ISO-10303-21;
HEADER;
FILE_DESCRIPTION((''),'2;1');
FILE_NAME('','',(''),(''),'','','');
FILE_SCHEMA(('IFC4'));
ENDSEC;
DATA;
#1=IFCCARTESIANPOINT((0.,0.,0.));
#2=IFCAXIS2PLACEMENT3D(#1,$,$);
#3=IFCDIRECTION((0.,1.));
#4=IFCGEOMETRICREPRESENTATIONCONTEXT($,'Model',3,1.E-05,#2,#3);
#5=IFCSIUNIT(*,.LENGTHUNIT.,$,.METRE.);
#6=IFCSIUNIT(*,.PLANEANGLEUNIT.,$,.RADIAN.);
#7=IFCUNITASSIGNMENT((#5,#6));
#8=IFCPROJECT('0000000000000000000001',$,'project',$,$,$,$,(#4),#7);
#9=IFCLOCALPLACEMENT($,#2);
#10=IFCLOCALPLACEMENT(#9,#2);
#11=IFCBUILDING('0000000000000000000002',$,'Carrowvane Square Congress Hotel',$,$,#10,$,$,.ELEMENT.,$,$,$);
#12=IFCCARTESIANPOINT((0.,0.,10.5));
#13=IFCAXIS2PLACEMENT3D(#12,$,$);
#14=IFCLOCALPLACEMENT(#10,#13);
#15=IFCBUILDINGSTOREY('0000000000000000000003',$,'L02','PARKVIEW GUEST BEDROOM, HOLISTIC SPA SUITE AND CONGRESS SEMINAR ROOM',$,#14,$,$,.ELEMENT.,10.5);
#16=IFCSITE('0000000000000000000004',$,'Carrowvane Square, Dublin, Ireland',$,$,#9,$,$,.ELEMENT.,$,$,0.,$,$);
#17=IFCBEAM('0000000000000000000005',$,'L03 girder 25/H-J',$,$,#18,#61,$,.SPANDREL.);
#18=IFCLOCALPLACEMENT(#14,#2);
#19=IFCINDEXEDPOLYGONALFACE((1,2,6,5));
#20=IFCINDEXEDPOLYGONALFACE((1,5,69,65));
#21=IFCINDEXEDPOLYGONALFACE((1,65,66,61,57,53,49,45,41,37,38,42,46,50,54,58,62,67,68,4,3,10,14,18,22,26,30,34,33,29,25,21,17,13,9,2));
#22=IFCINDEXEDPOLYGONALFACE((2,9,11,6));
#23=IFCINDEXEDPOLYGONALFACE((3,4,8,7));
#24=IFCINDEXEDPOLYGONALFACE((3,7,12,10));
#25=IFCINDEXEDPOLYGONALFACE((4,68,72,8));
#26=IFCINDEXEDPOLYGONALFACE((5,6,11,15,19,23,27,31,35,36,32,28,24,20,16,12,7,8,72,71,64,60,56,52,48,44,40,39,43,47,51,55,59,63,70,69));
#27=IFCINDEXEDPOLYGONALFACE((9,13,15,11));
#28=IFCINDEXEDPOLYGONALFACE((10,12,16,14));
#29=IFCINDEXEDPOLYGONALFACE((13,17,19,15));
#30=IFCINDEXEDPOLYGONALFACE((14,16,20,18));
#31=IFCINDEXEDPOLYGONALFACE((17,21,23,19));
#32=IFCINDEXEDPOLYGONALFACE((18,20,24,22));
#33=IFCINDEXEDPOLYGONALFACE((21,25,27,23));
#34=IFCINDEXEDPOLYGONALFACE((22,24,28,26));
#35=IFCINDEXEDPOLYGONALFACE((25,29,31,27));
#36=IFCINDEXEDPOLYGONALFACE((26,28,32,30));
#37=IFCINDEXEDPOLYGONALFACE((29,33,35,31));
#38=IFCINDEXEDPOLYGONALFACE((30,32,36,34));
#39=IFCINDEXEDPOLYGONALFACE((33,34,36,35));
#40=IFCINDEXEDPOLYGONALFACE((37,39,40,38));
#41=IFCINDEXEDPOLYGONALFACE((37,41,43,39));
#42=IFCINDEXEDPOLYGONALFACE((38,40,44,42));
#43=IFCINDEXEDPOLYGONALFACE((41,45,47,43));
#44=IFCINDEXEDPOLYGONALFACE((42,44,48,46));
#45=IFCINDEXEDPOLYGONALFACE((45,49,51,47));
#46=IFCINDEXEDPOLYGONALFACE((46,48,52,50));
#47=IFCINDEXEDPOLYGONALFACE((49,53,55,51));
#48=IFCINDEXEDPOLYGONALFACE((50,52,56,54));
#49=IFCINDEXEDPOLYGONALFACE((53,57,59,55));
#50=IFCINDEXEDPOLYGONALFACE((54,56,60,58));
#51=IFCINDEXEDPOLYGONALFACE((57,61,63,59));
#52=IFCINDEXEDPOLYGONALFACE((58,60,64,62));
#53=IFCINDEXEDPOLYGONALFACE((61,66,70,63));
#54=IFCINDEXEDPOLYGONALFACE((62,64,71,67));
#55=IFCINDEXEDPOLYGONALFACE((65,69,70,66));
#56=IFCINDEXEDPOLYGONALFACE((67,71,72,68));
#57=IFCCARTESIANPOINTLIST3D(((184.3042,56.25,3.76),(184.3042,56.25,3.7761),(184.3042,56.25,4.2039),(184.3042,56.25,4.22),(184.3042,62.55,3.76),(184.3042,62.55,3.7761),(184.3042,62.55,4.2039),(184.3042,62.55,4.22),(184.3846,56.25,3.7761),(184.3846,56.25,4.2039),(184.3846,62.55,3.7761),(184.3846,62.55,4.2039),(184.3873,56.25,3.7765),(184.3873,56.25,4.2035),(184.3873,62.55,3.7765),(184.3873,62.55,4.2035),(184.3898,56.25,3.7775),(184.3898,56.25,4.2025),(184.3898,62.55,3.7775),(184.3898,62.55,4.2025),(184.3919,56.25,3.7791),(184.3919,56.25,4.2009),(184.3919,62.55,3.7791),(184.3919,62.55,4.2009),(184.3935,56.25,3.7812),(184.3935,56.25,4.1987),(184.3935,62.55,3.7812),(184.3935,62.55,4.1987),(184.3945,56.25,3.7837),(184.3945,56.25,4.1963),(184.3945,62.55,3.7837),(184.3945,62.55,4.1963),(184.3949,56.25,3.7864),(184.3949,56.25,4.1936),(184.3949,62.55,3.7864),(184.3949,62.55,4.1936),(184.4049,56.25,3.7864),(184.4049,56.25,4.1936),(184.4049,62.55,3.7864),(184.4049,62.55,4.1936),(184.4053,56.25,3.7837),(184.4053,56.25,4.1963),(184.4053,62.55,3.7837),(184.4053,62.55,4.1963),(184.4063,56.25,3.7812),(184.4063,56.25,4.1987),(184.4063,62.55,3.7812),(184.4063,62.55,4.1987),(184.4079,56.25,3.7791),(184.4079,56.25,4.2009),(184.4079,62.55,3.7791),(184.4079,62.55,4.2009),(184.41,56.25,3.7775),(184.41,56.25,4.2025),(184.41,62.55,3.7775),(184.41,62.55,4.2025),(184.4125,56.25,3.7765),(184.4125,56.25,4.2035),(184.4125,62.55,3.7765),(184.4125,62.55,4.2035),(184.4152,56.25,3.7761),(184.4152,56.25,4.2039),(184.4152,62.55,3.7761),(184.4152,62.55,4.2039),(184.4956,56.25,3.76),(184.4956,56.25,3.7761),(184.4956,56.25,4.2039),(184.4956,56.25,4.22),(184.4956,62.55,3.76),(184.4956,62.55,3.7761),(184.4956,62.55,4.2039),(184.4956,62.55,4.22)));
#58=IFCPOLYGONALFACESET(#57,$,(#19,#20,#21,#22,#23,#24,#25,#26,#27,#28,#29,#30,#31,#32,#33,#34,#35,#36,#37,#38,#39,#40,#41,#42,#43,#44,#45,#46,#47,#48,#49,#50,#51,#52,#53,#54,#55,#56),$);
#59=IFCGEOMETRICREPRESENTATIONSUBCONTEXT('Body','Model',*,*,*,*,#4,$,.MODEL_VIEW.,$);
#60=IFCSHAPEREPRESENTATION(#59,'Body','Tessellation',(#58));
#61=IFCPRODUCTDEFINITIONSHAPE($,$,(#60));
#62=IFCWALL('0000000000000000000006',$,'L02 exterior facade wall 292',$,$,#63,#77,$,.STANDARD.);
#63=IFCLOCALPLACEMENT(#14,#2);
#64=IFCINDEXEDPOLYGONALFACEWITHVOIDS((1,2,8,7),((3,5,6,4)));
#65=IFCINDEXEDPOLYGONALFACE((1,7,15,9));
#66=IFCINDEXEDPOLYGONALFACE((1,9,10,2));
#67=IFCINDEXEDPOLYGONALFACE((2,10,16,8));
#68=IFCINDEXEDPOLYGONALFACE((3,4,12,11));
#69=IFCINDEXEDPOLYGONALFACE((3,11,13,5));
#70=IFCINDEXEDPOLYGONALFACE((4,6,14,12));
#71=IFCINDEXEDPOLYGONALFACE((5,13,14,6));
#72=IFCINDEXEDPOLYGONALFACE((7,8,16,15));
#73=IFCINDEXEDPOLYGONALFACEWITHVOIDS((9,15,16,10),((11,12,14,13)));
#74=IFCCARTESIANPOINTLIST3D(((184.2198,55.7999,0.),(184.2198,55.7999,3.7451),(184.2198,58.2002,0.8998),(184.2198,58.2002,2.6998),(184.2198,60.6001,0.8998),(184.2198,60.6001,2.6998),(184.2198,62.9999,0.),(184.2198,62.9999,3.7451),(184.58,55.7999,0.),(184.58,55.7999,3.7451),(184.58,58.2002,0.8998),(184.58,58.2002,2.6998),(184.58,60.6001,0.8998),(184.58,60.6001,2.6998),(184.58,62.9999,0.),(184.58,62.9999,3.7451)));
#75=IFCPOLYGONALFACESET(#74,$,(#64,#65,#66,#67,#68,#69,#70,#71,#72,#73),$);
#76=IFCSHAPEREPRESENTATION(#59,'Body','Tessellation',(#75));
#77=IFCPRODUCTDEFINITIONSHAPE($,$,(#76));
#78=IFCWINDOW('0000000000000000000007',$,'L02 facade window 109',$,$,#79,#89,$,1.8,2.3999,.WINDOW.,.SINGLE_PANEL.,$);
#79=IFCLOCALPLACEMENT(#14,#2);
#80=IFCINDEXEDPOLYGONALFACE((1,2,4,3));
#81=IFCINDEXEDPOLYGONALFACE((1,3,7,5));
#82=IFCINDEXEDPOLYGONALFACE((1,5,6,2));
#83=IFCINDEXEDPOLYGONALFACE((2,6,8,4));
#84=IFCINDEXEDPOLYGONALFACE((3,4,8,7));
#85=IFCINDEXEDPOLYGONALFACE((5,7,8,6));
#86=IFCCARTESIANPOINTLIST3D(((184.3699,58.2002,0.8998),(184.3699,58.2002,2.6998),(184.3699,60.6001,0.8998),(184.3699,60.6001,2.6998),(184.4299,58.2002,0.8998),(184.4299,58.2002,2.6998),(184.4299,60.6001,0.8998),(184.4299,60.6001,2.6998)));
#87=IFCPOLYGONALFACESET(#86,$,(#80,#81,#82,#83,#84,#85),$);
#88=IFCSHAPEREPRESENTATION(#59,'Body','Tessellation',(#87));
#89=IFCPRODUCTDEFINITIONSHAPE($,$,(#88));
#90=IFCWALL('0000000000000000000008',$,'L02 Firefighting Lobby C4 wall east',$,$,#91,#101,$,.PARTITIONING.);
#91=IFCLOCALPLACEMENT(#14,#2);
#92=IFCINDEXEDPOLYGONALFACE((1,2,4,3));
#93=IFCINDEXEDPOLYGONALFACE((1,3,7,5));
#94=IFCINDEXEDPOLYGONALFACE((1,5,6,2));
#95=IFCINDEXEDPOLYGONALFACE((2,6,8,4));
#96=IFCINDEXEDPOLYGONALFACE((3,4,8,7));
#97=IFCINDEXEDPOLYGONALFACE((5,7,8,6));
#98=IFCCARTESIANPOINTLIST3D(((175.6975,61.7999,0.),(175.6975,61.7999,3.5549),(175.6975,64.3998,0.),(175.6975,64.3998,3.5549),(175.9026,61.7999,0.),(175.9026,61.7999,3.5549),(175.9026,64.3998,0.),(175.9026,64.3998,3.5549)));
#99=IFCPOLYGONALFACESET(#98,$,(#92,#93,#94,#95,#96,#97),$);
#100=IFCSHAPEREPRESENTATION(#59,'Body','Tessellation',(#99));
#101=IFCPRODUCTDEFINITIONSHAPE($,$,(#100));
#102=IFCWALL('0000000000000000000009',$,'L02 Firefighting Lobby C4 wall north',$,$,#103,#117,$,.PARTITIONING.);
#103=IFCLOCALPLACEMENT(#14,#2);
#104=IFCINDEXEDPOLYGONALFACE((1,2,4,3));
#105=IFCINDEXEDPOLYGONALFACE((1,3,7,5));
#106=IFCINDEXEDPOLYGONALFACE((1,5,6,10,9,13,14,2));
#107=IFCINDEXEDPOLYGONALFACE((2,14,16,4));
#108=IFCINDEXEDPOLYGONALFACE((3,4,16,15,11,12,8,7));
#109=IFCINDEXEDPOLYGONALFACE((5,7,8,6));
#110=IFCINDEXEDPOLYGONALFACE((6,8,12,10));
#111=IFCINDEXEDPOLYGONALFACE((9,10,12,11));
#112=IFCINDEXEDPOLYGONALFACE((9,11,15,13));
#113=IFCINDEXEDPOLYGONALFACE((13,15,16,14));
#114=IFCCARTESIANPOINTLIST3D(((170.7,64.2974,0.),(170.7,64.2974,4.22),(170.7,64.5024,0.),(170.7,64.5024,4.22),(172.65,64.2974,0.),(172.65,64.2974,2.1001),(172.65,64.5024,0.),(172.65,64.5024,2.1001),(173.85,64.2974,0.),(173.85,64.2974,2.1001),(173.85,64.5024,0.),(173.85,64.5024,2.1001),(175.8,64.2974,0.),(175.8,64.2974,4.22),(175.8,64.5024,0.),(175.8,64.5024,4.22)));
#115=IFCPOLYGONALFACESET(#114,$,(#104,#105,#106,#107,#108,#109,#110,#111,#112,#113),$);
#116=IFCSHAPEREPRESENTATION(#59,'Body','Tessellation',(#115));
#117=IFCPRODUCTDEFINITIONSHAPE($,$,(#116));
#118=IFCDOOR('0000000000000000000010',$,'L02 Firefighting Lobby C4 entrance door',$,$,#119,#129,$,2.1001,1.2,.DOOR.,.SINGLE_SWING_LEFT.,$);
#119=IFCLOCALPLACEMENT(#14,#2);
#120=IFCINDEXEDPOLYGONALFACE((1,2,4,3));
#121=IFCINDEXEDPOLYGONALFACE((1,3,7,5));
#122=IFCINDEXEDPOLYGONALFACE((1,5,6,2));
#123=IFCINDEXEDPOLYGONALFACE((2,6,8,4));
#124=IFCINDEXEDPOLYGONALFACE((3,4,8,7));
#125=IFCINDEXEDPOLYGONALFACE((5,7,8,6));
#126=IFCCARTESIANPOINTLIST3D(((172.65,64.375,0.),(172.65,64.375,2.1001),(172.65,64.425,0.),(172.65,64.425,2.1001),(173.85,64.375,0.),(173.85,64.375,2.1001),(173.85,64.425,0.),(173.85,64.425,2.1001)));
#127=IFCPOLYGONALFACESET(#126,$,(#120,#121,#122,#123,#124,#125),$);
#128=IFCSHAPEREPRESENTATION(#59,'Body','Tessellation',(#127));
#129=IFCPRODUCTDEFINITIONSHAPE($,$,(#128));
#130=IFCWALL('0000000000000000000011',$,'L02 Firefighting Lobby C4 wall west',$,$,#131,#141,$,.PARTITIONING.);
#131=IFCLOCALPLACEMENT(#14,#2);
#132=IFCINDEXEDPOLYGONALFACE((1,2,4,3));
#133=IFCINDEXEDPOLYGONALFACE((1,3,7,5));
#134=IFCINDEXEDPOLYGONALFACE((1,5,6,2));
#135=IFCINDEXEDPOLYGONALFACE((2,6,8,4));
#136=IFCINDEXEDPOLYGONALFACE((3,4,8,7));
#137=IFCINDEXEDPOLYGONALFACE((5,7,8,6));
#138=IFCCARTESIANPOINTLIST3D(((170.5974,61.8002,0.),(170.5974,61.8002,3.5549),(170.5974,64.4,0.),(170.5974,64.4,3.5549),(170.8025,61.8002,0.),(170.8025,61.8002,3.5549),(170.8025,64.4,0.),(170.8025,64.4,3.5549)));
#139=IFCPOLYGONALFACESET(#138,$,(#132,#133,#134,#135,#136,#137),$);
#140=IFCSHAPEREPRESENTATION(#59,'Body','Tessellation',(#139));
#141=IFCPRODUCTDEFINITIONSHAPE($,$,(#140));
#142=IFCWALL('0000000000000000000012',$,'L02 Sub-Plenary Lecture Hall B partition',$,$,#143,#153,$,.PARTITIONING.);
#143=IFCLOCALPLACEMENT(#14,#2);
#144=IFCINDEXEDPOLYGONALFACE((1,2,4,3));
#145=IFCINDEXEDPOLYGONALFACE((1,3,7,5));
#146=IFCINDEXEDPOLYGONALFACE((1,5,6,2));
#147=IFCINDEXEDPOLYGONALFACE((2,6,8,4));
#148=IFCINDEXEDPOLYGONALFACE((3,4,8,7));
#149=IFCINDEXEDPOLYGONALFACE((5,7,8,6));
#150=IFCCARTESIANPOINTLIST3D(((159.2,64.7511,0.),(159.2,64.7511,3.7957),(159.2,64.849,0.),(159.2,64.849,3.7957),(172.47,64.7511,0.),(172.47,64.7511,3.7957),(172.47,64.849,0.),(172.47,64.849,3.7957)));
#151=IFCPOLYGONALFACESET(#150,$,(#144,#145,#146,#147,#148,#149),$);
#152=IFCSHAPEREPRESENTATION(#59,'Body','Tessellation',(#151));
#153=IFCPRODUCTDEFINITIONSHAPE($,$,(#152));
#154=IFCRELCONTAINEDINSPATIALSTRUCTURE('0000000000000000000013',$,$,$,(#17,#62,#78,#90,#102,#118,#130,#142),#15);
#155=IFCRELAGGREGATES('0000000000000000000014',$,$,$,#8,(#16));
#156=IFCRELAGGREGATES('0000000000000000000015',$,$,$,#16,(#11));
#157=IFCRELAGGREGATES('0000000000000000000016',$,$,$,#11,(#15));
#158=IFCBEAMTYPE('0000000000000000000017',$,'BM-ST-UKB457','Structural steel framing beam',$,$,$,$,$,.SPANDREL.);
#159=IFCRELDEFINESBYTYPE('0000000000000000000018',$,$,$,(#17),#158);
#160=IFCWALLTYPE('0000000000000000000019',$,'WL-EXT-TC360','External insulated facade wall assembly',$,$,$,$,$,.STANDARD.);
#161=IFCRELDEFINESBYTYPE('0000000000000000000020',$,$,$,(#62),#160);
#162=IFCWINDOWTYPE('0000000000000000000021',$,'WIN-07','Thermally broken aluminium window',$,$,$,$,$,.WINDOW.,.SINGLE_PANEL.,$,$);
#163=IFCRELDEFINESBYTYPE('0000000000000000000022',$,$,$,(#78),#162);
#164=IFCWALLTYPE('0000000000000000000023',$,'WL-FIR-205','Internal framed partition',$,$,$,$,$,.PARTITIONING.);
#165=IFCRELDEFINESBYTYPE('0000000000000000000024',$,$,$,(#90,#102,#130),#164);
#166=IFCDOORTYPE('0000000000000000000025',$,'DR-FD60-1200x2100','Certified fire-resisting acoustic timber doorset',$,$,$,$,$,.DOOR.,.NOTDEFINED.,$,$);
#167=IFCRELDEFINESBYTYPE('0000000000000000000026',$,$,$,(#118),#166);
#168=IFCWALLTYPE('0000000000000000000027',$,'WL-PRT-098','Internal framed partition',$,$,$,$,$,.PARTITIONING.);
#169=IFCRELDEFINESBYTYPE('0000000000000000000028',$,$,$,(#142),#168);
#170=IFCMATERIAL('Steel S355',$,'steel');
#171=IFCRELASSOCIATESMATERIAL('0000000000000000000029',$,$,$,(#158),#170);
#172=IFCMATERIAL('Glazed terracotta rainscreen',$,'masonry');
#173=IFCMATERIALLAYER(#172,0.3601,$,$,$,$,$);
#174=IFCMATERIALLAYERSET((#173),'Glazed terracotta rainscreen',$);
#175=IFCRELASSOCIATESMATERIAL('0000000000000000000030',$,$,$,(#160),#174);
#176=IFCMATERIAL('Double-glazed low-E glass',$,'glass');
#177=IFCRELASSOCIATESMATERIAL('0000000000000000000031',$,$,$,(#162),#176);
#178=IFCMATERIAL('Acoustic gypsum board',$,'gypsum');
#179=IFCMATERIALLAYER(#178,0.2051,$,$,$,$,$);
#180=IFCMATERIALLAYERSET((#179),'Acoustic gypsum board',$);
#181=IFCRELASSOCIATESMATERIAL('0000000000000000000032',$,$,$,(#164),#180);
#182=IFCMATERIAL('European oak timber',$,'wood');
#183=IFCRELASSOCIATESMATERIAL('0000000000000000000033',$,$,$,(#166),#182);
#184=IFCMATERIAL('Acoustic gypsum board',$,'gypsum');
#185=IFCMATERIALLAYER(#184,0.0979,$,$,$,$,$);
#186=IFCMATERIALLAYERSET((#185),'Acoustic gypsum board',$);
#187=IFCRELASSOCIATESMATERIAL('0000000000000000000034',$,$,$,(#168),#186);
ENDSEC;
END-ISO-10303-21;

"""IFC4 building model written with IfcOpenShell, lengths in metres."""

from ifc_helpers import new_model, si_unit, direction, frame, frame_2d, origin, origin_2d, place, context, subcontext, project, spatial, rectangle, i_section, extrude, material, layer, layer_set, material_profile, profile_set, type_object, element, fill, save


model = new_model("IFC4")

# Units and contexts
model_context = context("Model", 3, precision=1e-05, world=origin(), true_north=direction((0.0, 1.0)))
body_context = subcontext(model_context, "Body", "Model", "MODEL_VIEW")
ifc_project = project(units=[si_unit("LENGTHUNIT", "METRE"), si_unit("PLANEANGLEUNIT", "RADIAN")], contexts=[model_context])

# Site, building, storey
site_placement = place(None, origin())
site = spatial("IfcSite", under=ifc_project, at=site_placement, Name="Carrowvane Square, Dublin, Ireland", CompositionType="ELEMENT", RefElevation=0.0)
building_placement = place(site_placement, origin())
building = spatial("IfcBuilding", under=site, at=building_placement, Name="Carrowvane Square Congress Hotel", CompositionType="ELEMENT")
storey_placement = place(building_placement, frame((0.0, 0.0, 10.5)))
storey = spatial("IfcBuildingStorey", under=building, at=storey_placement, Name="L02", Description="PARKVIEW GUEST BEDROOM, HOLISTIC SPA SUITE AND CONGRESS SEMINAR ROOM", CompositionType="ELEMENT", Elevation=10.5)

# Beam
ifc_material_1 = material(Name="Steel S355", Category="steel")
ifc_material_profile_1 = material_profile(ifc_material_1, i_section(OverallWidth=0.1914, OverallDepth=0.46, WebThickness=0.01, FlangeThickness=0.0161, FilletRadius=0.0103, at=origin_2d()), Name="UKB 457x191x82")
ifc_profile_set_1 = profile_set([ifc_material_profile_1], Name="Steel S355")
beam_type_1 = type_object("IfcBeamType", Name="BM-ST-UKB457", Description="Structural steel framing beam", PredefinedType="SPANDREL", material=ifc_profile_set_1)
beam_1_placement = place(storey_placement, frame((184.3999, 56.25, 3.99), z_axis=(0.0, 1.0, 0.0), x_axis=(-1.0, 0.0, 0.0)))
element("IfcBeam", 1, at=beam_1_placement, inside=storey, type_object=beam_type_1, Name="L03 girder 25/H-J", PredefinedType="SPANDREL", context=body_context, shape_type="SweptSolid", body=[
    extrude(i_section(OverallWidth=0.1914, OverallDepth=0.46, WebThickness=0.01, FlangeThickness=0.0161, FilletRadius=0.0103, at=origin_2d()), origin(), (0.0, 0.0, 1.0), 6.3),
])

# Wall, opening, window
ifc_material_2 = material(Name="Glazed terracotta rainscreen", Category="masonry")
ifc_layer_1 = layer(ifc_material_2, 0.3601)
ifc_layer_set_1 = layer_set([ifc_layer_1], Name="Glazed terracotta rainscreen")
wall_type_1 = type_object("IfcWallType", Name="WL-EXT-TC360", Description="External insulated facade wall assembly", PredefinedType="STANDARD", material=ifc_layer_set_1)
wall_1_placement = place(storey_placement, frame((184.3999, 63.0, 0.0), z_axis=(0.0, 0.0, 1.0), x_axis=(0.0, -1.0, 0.0)))
wall_1 = element("IfcWall", 2, at=wall_1_placement, inside=storey, type_object=wall_type_1, Name="L02 exterior facade wall 292", PredefinedType="STANDARD", context=body_context, shape_type="SweptSolid", body=[
    extrude(rectangle(XDim=7.2, YDim=0.3601, at=frame_2d((3.6001, 0.0))), origin(), (0.0, 0.0, 1.0), 3.7451),
])
opening_1_placement = place(wall_1_placement, frame((2.3999, 0.0, 0.8999)))
opening_1 = element("IfcOpeningElement", 3, at=opening_1_placement, cuts=wall_1, PredefinedType="OPENING", context=body_context, shape_type="SweptSolid", body=[
    extrude(rectangle(XDim=2.3999, YDim=1.8, at=frame_2d((1.2, 0.8999))), frame((0.0, 0.1899, 0.0), z_axis=(0.0, -1.0, 0.0), x_axis=(1.0, 0.0, 0.0)), (0.0, 0.0, 1.0), 0.3801),
])
ifc_material_3 = material(Name="Double-glazed low-E glass", Category="glass")
window_type = type_object("IfcWindowType", Name="WIN-07", Description="Thermally broken aluminium window", PartitioningType="SINGLE_PANEL", PredefinedType="WINDOW", material=ifc_material_3)
window_placement = place(opening_1_placement, origin())
window = element("IfcWindow", 4, at=window_placement, inside=storey, type_object=window_type, Name="L02 facade window 109", OverallHeight=1.8, OverallWidth=2.3999, PartitioningType="SINGLE_PANEL", PredefinedType="WINDOW", context=body_context, shape_type="SweptSolid", body=[
    extrude(rectangle(XDim=2.3999, YDim=1.8, at=frame_2d((1.2, 0.8999))), frame((0.0, 0.03, 0.0), z_axis=(0.0, -1.0, 0.0), x_axis=(1.0, 0.0, 0.0)), (0.0, 0.0, 1.0), 0.0601),
])
fill(opening_1, window)

# Wall
ifc_material_4 = material(Name="Acoustic gypsum board", Category="gypsum")
ifc_layer_2 = layer(ifc_material_4, 0.2051)
ifc_layer_set_2 = layer_set([ifc_layer_2], Name="Acoustic gypsum board")
wall_type_2 = type_object("IfcWallType", Name="WL-FIR-205", Description="Internal framed partition", PredefinedType="PARTITIONING", material=ifc_layer_set_2)
wall_2_placement = place(storey_placement, frame((175.8, 61.8, 0.0), z_axis=(0.0, 0.0, 1.0), x_axis=(0.0, 1.0, 0.0)))
element("IfcWall", 5, at=wall_2_placement, inside=storey, type_object=wall_type_2, Name="L02 Firefighting Lobby C4 wall east", PredefinedType="PARTITIONING", context=body_context, shape_type="SweptSolid", body=[
    extrude(rectangle(XDim=2.5999, YDim=0.2051, at=frame_2d((1.2998, 0.0))), origin(), (0.0, 0.0, 1.0), 3.5549),
])

# Wall, opening, door
wall_3_placement = place(storey_placement, frame((175.8, 64.3999, 0.0), z_axis=(0.0, 0.0, 1.0), x_axis=(-1.0, 0.0, 0.0)))
wall_3 = element("IfcWall", 6, at=wall_3_placement, inside=storey, type_object=wall_type_2, Name="L02 Firefighting Lobby C4 wall north", PredefinedType="PARTITIONING", context=body_context, shape_type="SweptSolid", body=[
    extrude(rectangle(XDim=5.1001, YDim=0.2051, at=frame_2d((2.55, 0.0))), origin(), (0.0, 0.0, 1.0), 4.22),
])
opening_2_placement = place(wall_3_placement, frame((1.95, 0.0, 0.0)))
opening_2 = element("IfcOpeningElement", 7, at=opening_2_placement, cuts=wall_3, PredefinedType="OPENING", context=body_context, shape_type="SweptSolid", body=[
    extrude(rectangle(XDim=1.2, YDim=2.1001, at=frame_2d((0.6001, 1.05))), frame((0.0, 0.1125, 0.0), z_axis=(0.0, -1.0, 0.0), x_axis=(1.0, 0.0, 0.0)), (0.0, 0.0, 1.0), 0.2251),
])
ifc_material_5 = material(Name="European oak timber", Category="wood")
door_type_1 = type_object("IfcDoorType", Name="DR-FD60-1200x2100", Description="Certified fire-resisting acoustic timber doorset", OperationType="NOTDEFINED", PredefinedType="DOOR", material=ifc_material_5)
door_1_placement = place(opening_2_placement, origin())
door_1 = element("IfcDoor", 8, at=door_1_placement, inside=storey, type_object=door_type_1, Name="L02 Firefighting Lobby C4 entrance door", OperationType="SINGLE_SWING_LEFT", OverallHeight=2.1001, OverallWidth=1.2, PredefinedType="DOOR", context=body_context, shape_type="SweptSolid", body=[
    extrude(rectangle(XDim=1.2, YDim=2.1001, at=frame_2d((0.6001, 1.05))), frame((0.0, 0.0249, 0.0), z_axis=(0.0, -1.0, 0.0), x_axis=(1.0, 0.0, 0.0)), (0.0, 0.0, 1.0), 0.05),
])
fill(opening_2, door_1)

# Walls
wall_4_placement = place(storey_placement, frame((170.7, 64.3999, 0.0), z_axis=(0.0, 0.0, 1.0), x_axis=(0.0, -1.0, 0.0)))
element("IfcWall", 9, at=wall_4_placement, inside=storey, type_object=wall_type_2, Name="L02 Firefighting Lobby C4 wall west", PredefinedType="PARTITIONING", context=body_context, shape_type="SweptSolid", body=[
    extrude(rectangle(XDim=2.5999, YDim=0.2051, at=frame_2d((1.2998, 0.0))), origin(), (0.0, 0.0, 1.0), 3.5549),
])
ifc_material_6 = material(Name="Acoustic gypsum board", Category="gypsum")
ifc_layer_3 = layer(ifc_material_6, 0.0979)
ifc_layer_set_3 = layer_set([ifc_layer_3], Name="Acoustic gypsum board")
wall_type_3 = type_object("IfcWallType", Name="WL-PRT-098", Description="Internal framed partition", PredefinedType="PARTITIONING", material=ifc_layer_set_3)
wall_5_placement = place(storey_placement, frame((172.47, 64.8, 0.0), z_axis=(0.0, 0.0, 1.0), x_axis=(-1.0, 0.0, 0.0)))
element("IfcWall", 10, at=wall_5_placement, inside=storey, type_object=wall_type_3, Name="L02 Sub-Plenary Lecture Hall B partition", PredefinedType="PARTITIONING", context=body_context, shape_type="SweptSolid", body=[
    extrude(rectangle(XDim=13.27, YDim=0.0979, at=frame_2d((6.635, 0.0))), origin(), (0.0, 0.0, 1.0), 3.7957),
])

save(model, "model.ifc")
